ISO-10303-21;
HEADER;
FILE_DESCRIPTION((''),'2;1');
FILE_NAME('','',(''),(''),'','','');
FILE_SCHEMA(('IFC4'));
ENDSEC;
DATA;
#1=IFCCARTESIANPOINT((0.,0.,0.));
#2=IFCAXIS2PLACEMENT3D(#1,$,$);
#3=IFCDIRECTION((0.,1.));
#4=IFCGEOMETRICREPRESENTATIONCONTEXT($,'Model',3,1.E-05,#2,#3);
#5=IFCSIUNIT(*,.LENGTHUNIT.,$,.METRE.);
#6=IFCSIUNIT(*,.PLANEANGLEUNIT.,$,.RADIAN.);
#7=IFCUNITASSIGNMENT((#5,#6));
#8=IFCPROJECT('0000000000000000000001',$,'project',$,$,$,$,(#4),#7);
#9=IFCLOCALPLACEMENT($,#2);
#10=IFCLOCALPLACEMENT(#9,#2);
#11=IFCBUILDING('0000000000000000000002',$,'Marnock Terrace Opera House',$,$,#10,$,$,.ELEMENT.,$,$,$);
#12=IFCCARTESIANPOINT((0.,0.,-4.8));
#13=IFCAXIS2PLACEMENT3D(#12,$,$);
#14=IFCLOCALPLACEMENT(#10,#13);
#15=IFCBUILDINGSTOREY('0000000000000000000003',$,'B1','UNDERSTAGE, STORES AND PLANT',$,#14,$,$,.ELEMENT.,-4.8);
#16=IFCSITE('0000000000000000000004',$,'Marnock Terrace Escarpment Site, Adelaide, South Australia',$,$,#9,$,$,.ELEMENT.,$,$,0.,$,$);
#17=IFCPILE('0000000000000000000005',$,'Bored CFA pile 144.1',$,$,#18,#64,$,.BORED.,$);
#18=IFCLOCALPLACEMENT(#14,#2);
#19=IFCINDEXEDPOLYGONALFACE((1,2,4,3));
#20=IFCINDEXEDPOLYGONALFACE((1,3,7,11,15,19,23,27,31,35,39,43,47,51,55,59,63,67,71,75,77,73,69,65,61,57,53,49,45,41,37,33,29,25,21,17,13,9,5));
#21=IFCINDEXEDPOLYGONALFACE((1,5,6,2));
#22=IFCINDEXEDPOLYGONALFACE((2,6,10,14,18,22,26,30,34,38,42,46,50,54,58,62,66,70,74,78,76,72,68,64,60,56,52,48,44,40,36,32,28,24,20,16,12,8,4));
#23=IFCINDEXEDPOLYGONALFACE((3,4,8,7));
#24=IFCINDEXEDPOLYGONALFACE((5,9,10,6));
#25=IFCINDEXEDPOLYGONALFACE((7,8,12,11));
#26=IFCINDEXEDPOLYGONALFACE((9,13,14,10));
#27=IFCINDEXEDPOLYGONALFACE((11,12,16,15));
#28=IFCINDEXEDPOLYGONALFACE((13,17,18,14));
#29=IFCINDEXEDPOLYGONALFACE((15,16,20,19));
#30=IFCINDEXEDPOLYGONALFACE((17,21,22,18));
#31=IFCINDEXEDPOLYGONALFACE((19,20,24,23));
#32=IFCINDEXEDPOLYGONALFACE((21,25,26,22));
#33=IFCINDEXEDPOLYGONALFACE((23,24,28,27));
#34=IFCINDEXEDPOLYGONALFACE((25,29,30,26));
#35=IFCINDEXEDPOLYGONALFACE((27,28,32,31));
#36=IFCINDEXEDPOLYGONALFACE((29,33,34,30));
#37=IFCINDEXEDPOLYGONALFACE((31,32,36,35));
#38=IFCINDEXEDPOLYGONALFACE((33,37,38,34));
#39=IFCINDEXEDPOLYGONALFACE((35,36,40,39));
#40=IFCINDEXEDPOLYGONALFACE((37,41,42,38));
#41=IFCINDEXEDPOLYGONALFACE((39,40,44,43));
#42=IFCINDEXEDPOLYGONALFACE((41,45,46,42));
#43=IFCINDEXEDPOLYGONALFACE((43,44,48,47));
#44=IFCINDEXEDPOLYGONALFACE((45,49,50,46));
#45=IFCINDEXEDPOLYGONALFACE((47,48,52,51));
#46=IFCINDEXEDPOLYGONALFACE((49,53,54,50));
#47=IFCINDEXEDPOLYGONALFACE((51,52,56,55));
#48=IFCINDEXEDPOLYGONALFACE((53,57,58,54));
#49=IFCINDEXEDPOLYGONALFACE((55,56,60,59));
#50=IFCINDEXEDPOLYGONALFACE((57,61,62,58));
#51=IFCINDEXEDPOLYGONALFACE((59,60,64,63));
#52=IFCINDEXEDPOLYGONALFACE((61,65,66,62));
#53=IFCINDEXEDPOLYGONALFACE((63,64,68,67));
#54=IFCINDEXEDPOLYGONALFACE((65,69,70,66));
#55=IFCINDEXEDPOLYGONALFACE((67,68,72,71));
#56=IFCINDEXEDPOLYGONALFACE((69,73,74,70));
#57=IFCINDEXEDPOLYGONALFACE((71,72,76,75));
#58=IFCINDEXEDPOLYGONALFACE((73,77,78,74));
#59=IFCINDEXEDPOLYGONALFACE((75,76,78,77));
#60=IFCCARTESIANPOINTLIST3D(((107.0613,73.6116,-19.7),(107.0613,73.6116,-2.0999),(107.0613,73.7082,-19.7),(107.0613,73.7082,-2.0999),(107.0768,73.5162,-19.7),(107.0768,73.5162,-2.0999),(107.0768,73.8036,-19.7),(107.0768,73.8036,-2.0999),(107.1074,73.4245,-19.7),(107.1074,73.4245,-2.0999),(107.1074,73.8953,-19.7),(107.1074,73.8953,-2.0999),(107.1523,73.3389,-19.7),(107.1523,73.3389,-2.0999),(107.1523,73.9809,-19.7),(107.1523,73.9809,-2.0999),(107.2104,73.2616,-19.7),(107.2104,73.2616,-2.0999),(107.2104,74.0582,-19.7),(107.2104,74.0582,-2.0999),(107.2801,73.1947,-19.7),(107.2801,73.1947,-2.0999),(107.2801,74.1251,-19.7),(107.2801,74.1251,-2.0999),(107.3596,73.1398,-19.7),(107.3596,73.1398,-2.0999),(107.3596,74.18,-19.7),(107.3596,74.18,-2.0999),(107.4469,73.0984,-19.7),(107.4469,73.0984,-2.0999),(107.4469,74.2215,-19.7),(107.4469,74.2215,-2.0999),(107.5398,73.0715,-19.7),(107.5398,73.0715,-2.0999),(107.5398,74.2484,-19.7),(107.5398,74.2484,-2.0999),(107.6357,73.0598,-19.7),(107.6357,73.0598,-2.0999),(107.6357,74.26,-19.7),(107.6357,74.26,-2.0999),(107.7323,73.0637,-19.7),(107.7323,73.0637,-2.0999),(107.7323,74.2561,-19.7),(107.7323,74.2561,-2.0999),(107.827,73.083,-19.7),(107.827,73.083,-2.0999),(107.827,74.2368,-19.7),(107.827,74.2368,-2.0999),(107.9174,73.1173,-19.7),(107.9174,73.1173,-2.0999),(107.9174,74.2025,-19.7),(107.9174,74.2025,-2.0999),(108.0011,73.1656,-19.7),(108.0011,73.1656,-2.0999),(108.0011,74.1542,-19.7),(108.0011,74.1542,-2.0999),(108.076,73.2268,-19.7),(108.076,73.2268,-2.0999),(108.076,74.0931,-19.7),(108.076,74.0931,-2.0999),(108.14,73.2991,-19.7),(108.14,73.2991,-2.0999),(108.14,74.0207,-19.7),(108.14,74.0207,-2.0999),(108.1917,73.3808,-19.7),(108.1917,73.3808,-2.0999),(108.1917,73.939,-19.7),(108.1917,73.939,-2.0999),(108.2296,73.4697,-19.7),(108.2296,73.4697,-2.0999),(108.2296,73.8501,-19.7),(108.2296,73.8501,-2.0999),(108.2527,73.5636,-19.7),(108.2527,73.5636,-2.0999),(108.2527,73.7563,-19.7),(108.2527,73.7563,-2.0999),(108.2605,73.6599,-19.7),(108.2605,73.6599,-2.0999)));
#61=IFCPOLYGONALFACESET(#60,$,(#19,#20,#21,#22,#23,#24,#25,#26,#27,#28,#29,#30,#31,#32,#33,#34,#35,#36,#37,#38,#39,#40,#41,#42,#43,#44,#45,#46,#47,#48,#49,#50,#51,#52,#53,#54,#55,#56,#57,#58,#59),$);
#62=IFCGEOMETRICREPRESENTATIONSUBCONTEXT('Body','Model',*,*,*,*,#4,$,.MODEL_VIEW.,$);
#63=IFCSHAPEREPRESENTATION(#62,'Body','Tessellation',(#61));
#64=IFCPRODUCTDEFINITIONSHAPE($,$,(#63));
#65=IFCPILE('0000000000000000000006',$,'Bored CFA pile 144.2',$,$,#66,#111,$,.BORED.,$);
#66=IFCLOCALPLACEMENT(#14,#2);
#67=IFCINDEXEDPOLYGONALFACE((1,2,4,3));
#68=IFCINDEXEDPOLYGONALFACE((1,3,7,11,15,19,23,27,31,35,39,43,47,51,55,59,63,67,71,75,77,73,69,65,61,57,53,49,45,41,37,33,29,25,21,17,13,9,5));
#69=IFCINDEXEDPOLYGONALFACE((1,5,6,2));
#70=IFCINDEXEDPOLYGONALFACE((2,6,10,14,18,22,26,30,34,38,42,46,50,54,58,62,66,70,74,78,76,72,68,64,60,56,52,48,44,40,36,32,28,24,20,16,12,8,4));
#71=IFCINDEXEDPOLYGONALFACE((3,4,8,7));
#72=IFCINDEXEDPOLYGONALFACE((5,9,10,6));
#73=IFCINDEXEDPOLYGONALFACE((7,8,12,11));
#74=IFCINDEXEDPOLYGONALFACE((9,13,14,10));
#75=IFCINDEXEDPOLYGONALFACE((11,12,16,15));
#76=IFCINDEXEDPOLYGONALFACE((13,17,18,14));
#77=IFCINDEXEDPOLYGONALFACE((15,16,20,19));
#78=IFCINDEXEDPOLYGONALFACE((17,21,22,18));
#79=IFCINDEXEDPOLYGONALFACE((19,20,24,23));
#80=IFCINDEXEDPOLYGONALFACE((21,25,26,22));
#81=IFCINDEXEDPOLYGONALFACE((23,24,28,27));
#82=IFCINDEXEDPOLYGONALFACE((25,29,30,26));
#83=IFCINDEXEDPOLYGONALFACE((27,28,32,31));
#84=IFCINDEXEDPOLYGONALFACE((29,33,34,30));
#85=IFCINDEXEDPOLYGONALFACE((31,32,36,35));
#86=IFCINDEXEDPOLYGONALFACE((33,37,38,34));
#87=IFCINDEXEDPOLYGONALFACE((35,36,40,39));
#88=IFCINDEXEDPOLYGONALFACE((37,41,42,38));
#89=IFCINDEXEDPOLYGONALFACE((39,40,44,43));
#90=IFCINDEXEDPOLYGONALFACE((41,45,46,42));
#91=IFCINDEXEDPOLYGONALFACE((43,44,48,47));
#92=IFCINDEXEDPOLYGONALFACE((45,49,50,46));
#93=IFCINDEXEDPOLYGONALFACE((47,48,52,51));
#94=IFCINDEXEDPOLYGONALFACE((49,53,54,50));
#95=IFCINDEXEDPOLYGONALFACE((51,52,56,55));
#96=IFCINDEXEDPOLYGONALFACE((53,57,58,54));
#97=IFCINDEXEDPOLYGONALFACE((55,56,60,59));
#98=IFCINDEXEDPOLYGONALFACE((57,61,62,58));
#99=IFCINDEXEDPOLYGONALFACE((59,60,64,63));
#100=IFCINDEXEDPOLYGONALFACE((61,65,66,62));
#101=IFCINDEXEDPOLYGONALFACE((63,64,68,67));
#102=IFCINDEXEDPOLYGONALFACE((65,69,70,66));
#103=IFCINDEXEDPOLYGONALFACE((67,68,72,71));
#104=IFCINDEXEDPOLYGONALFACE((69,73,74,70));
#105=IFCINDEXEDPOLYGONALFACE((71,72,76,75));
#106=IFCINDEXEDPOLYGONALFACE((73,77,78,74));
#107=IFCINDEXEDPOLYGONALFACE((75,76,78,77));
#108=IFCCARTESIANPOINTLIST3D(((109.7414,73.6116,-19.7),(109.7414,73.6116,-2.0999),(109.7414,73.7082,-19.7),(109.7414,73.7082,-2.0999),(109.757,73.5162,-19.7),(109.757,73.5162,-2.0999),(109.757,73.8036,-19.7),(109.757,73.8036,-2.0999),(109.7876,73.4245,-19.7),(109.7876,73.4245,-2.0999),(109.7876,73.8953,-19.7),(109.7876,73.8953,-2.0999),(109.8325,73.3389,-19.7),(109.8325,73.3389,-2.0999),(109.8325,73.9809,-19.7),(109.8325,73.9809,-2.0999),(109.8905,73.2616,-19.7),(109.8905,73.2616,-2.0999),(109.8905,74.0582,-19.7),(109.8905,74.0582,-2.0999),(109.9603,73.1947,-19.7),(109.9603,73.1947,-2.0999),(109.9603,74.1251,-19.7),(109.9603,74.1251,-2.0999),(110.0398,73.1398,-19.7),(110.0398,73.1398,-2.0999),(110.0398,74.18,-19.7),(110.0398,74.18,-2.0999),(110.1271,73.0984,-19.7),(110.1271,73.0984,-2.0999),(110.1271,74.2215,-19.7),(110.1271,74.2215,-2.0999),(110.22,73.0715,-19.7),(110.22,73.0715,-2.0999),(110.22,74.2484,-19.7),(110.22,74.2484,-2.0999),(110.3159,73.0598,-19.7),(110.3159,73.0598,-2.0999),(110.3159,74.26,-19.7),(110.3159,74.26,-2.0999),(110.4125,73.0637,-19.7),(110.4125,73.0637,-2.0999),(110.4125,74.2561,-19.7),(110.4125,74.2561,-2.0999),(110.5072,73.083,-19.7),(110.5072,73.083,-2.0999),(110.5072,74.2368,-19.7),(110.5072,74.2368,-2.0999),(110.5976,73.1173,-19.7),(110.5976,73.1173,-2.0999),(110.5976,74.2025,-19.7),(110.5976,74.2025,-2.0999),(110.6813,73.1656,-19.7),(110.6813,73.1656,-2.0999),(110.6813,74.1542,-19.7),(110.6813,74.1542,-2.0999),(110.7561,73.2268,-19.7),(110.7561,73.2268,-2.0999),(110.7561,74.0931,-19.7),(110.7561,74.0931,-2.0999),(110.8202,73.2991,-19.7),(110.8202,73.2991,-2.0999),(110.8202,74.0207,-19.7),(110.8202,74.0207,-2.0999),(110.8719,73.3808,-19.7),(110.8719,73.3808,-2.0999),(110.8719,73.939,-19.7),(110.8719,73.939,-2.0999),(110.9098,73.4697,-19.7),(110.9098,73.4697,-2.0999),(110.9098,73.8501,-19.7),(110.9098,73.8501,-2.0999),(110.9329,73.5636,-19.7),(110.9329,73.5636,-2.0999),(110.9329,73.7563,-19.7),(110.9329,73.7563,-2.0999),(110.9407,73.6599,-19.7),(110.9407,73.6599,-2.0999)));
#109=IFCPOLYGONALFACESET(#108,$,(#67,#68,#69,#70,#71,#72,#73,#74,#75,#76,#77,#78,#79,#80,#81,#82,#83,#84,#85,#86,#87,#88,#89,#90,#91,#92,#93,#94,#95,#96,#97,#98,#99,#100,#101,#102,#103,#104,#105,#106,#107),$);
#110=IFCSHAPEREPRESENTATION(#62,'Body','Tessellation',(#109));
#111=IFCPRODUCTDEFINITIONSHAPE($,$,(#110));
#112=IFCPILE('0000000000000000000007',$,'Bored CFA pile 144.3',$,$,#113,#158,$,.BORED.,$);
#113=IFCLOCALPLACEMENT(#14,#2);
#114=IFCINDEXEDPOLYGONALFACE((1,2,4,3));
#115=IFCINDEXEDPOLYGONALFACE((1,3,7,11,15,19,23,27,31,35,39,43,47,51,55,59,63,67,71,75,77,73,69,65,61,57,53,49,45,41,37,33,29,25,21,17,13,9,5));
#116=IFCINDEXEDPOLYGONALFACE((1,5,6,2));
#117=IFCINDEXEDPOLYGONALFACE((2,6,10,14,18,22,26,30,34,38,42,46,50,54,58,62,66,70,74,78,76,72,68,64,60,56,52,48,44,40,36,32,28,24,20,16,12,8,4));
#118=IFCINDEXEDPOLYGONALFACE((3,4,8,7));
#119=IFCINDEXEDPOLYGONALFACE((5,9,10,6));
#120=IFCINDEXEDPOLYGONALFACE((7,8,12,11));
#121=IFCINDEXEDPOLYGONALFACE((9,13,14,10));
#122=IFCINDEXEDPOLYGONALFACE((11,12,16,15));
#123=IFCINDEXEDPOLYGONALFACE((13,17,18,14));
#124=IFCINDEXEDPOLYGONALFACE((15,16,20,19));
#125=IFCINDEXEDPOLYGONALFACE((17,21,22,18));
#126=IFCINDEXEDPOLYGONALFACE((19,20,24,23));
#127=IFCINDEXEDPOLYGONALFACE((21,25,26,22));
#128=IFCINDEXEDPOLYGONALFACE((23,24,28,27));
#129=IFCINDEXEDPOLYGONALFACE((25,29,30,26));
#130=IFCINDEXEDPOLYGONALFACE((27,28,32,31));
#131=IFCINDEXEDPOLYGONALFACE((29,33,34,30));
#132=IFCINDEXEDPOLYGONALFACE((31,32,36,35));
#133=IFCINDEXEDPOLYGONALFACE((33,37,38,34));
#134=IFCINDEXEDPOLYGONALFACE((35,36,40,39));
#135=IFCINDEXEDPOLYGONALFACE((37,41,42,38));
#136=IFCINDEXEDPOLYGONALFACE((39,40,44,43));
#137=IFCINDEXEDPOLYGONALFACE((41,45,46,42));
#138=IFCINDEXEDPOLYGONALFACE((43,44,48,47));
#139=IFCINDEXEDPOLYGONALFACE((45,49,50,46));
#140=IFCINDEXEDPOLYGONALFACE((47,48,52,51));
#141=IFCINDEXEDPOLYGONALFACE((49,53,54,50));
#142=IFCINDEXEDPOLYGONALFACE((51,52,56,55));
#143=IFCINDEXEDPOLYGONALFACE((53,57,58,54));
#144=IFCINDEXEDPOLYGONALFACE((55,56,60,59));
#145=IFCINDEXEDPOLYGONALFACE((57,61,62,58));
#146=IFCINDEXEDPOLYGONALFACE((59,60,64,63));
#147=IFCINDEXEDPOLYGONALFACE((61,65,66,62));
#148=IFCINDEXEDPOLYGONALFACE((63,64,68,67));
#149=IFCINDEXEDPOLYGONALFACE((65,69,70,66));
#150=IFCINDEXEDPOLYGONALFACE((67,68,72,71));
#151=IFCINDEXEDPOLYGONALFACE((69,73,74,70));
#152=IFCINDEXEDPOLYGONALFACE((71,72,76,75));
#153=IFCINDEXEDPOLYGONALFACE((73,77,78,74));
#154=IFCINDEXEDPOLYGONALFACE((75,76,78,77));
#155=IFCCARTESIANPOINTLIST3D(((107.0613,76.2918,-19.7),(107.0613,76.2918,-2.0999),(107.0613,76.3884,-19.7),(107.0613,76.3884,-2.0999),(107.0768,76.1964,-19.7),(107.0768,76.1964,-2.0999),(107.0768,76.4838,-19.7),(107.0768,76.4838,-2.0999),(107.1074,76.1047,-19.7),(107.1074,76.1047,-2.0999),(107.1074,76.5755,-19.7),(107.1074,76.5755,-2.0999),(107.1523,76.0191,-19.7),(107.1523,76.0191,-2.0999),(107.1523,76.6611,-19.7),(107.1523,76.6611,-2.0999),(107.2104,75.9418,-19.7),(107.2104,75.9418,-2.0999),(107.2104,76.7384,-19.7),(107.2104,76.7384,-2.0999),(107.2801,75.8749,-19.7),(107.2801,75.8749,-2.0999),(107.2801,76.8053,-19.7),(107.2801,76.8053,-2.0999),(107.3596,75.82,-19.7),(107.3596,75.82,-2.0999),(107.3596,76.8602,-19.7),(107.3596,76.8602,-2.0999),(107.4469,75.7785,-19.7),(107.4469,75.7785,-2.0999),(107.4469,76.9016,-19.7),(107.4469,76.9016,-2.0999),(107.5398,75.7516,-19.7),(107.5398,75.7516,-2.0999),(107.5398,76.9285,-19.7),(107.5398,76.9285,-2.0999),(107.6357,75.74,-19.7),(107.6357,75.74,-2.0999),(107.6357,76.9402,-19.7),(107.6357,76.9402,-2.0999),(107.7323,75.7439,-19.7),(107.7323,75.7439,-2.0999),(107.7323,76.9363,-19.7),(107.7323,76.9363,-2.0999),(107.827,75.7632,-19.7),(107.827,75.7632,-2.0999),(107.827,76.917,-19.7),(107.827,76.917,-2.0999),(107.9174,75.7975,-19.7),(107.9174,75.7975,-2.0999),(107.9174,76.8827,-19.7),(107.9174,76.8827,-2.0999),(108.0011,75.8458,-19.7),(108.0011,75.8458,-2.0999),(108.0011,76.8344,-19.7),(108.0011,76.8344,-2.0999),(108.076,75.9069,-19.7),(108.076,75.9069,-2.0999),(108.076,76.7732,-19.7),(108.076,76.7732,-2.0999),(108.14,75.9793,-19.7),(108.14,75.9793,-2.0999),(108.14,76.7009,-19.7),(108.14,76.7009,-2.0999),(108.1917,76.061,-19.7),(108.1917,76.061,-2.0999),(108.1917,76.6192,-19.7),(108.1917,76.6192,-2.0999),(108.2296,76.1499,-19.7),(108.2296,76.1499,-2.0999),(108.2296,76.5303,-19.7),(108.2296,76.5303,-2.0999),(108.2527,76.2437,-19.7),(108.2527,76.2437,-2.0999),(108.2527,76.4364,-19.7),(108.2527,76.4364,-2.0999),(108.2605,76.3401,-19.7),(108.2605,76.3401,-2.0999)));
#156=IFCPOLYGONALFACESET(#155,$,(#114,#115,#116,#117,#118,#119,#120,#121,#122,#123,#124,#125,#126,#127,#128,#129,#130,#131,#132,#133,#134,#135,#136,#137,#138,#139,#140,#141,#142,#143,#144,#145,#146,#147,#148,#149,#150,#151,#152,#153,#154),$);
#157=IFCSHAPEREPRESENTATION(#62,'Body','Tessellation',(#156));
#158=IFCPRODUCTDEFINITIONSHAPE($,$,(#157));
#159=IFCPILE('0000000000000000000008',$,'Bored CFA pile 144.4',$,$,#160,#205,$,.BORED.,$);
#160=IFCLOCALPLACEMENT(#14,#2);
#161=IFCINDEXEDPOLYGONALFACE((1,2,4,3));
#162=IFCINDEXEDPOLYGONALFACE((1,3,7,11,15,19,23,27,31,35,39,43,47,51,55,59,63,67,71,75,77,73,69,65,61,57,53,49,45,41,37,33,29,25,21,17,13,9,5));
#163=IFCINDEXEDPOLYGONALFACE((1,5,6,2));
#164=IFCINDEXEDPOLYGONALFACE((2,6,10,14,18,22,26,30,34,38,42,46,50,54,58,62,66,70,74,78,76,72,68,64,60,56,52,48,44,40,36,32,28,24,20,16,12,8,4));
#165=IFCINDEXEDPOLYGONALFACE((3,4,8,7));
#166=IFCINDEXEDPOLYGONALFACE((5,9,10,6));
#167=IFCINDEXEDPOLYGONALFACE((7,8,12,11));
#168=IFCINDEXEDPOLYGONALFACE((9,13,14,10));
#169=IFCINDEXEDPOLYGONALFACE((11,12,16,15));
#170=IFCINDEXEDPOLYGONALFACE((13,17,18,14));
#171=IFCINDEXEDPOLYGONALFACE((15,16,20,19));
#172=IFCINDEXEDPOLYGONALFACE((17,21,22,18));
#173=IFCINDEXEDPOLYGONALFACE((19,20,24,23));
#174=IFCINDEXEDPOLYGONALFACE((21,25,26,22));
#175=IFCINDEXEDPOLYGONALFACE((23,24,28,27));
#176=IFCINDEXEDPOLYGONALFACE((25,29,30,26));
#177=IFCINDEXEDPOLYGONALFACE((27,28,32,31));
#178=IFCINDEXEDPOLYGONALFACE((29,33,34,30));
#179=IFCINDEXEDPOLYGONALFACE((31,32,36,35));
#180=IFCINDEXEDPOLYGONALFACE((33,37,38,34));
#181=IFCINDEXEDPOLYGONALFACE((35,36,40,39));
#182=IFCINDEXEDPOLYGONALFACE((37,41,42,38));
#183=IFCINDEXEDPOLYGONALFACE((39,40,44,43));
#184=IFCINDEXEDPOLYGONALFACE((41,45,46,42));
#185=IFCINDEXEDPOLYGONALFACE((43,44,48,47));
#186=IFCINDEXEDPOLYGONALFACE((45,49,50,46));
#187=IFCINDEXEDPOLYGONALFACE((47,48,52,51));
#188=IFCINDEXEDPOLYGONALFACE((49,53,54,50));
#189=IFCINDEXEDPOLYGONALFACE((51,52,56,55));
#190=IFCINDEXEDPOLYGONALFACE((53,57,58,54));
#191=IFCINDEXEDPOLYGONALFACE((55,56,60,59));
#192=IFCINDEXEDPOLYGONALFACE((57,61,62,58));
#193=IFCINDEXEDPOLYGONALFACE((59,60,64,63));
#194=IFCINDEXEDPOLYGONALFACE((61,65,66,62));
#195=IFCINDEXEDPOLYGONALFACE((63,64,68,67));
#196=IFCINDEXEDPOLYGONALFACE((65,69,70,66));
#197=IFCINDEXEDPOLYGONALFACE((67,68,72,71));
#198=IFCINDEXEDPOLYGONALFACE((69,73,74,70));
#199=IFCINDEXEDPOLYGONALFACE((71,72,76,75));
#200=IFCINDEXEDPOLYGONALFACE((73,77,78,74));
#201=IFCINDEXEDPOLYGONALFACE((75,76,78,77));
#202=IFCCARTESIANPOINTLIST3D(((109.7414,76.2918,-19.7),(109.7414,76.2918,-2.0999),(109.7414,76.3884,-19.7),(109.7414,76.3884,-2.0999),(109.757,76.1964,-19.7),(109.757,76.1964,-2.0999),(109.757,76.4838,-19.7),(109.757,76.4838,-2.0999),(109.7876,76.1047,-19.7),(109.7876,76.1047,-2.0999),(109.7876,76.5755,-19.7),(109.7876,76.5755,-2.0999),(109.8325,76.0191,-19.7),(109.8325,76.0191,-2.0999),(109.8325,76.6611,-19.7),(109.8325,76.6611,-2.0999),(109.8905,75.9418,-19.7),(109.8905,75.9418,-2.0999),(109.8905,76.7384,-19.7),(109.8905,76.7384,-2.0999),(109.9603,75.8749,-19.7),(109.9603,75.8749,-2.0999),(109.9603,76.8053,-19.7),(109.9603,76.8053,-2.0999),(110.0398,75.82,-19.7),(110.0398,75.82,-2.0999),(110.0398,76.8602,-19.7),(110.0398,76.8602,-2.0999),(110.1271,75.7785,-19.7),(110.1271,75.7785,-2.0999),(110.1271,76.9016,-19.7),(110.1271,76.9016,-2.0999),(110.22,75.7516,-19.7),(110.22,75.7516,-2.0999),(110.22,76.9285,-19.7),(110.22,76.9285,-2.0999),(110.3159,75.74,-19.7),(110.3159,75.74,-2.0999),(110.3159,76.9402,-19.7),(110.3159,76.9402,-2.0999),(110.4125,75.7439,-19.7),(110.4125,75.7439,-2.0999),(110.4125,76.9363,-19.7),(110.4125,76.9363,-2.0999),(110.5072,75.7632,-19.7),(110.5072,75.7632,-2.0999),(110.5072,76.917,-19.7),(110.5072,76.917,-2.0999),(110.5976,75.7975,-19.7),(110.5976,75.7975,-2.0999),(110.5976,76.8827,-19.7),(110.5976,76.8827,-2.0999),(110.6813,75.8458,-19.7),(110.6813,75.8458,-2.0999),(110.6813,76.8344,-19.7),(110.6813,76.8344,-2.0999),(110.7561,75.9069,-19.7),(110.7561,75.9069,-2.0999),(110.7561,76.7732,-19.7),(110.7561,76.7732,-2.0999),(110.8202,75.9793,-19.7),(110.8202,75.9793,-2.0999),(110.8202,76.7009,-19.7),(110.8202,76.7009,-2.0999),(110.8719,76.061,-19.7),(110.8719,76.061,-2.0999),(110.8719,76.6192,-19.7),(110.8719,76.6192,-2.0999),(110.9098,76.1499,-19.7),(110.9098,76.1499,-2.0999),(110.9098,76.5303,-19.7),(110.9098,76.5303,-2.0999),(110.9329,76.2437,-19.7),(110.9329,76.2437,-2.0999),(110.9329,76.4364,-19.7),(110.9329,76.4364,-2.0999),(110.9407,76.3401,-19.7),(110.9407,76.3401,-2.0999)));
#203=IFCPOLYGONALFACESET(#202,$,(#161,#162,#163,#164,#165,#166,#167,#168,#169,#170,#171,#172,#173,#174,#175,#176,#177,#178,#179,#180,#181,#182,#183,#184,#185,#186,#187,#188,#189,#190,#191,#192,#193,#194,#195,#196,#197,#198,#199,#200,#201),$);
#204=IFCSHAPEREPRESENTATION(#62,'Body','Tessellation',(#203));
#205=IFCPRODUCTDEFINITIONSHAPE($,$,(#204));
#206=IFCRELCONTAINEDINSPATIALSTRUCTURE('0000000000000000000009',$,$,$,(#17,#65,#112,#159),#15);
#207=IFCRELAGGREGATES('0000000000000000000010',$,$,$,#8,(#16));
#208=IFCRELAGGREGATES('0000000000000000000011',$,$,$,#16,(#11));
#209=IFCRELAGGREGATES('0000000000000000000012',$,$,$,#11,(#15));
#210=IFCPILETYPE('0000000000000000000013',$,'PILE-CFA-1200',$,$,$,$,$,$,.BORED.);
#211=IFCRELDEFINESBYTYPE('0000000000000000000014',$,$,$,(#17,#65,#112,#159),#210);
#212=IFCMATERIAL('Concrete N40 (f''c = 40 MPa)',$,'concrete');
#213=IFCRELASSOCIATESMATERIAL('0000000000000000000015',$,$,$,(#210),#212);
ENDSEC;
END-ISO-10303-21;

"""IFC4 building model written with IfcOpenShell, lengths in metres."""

from ifc_helpers import new_model, si_unit, direction, frame, origin, origin_2d, place, context, subcontext, project, spatial, circle, extrude, material, material_profile, profile_set, type_object, element, save


model = new_model("IFC4")

# Units and contexts
model_context = context("Model", 3, precision=1e-05, world=origin(), true_north=direction((0.0, 1.0)))
body_context = subcontext(model_context, "Body", "Model", "MODEL_VIEW")
ifc_project = project(units=[si_unit("LENGTHUNIT", "METRE"), si_unit("PLANEANGLEUNIT", "RADIAN")], contexts=[model_context])

# Site, building, storey
site_placement = place(None, origin())
site = spatial("IfcSite", under=ifc_project, at=site_placement, Name="Marnock Terrace Escarpment Site, Adelaide, South Australia", CompositionType="ELEMENT", RefElevation=0.0)
building_placement = place(site_placement, origin())
building = spatial("IfcBuilding", under=site, at=building_placement, Name="Marnock Terrace Opera House", CompositionType="ELEMENT")
storey_placement = place(building_placement, frame((0.0, 0.0, -4.8)))
storey = spatial("IfcBuildingStorey", under=building, at=storey_placement, Name="B1", Description="UNDERSTAGE, STORES AND PLANT", CompositionType="ELEMENT", Elevation=-4.8)

# Shared definitions
ifc_material_1 = material(Name="Concrete N40 (f'c = 40 MPa)", Category="concrete")

# Piles
ifc_material_profile_1 = material_profile(ifc_material_1, circle(Radius=0.6006, at=origin_2d()))
ifc_profile_set_1 = profile_set([ifc_material_profile_1], Name="Concrete N40 (f'c = 40 MPa)")
pile_type = type_object("IfcPileType", Name="PILE-CFA-1200", PredefinedType="BORED", material=ifc_profile_set_1)
for number, where, z_axis, x_axis, name in (
    (1, (107.6599, 73.6599, -2.0999), (0.0, 0.0, -1.0), (1.0, 0.0, 0.0), "Bored CFA pile 144.1"),
    (2, (110.3401, 73.6599, -2.0999), (0.0, 0.0, -1.0), (1.0, 0.0, 0.0), "Bored CFA pile 144.2"),
    (3, (107.6599, 76.3401, -2.0999), (0.0, 0.0, -1.0), (1.0, 0.0, 0.0), "Bored CFA pile 144.3"),
    (4, (110.3401, 76.3401, -2.0999), (0.0, 0.0, -1.0), (1.0, 0.0, 0.0), "Bored CFA pile 144.4"),
):
    element("IfcPile", number, at=place(storey_placement, frame(where, z_axis=z_axis, x_axis=x_axis)), inside=storey, type_object=pile_type, Name=name, PredefinedType="BORED", context=body_context, shape_type="SweptSolid", body=[
        extrude(circle(Radius=0.6006, at=origin_2d()), origin(), (0.0, 0.0, 1.0), 17.6001),
    ])

save(model, "model.ifc")
